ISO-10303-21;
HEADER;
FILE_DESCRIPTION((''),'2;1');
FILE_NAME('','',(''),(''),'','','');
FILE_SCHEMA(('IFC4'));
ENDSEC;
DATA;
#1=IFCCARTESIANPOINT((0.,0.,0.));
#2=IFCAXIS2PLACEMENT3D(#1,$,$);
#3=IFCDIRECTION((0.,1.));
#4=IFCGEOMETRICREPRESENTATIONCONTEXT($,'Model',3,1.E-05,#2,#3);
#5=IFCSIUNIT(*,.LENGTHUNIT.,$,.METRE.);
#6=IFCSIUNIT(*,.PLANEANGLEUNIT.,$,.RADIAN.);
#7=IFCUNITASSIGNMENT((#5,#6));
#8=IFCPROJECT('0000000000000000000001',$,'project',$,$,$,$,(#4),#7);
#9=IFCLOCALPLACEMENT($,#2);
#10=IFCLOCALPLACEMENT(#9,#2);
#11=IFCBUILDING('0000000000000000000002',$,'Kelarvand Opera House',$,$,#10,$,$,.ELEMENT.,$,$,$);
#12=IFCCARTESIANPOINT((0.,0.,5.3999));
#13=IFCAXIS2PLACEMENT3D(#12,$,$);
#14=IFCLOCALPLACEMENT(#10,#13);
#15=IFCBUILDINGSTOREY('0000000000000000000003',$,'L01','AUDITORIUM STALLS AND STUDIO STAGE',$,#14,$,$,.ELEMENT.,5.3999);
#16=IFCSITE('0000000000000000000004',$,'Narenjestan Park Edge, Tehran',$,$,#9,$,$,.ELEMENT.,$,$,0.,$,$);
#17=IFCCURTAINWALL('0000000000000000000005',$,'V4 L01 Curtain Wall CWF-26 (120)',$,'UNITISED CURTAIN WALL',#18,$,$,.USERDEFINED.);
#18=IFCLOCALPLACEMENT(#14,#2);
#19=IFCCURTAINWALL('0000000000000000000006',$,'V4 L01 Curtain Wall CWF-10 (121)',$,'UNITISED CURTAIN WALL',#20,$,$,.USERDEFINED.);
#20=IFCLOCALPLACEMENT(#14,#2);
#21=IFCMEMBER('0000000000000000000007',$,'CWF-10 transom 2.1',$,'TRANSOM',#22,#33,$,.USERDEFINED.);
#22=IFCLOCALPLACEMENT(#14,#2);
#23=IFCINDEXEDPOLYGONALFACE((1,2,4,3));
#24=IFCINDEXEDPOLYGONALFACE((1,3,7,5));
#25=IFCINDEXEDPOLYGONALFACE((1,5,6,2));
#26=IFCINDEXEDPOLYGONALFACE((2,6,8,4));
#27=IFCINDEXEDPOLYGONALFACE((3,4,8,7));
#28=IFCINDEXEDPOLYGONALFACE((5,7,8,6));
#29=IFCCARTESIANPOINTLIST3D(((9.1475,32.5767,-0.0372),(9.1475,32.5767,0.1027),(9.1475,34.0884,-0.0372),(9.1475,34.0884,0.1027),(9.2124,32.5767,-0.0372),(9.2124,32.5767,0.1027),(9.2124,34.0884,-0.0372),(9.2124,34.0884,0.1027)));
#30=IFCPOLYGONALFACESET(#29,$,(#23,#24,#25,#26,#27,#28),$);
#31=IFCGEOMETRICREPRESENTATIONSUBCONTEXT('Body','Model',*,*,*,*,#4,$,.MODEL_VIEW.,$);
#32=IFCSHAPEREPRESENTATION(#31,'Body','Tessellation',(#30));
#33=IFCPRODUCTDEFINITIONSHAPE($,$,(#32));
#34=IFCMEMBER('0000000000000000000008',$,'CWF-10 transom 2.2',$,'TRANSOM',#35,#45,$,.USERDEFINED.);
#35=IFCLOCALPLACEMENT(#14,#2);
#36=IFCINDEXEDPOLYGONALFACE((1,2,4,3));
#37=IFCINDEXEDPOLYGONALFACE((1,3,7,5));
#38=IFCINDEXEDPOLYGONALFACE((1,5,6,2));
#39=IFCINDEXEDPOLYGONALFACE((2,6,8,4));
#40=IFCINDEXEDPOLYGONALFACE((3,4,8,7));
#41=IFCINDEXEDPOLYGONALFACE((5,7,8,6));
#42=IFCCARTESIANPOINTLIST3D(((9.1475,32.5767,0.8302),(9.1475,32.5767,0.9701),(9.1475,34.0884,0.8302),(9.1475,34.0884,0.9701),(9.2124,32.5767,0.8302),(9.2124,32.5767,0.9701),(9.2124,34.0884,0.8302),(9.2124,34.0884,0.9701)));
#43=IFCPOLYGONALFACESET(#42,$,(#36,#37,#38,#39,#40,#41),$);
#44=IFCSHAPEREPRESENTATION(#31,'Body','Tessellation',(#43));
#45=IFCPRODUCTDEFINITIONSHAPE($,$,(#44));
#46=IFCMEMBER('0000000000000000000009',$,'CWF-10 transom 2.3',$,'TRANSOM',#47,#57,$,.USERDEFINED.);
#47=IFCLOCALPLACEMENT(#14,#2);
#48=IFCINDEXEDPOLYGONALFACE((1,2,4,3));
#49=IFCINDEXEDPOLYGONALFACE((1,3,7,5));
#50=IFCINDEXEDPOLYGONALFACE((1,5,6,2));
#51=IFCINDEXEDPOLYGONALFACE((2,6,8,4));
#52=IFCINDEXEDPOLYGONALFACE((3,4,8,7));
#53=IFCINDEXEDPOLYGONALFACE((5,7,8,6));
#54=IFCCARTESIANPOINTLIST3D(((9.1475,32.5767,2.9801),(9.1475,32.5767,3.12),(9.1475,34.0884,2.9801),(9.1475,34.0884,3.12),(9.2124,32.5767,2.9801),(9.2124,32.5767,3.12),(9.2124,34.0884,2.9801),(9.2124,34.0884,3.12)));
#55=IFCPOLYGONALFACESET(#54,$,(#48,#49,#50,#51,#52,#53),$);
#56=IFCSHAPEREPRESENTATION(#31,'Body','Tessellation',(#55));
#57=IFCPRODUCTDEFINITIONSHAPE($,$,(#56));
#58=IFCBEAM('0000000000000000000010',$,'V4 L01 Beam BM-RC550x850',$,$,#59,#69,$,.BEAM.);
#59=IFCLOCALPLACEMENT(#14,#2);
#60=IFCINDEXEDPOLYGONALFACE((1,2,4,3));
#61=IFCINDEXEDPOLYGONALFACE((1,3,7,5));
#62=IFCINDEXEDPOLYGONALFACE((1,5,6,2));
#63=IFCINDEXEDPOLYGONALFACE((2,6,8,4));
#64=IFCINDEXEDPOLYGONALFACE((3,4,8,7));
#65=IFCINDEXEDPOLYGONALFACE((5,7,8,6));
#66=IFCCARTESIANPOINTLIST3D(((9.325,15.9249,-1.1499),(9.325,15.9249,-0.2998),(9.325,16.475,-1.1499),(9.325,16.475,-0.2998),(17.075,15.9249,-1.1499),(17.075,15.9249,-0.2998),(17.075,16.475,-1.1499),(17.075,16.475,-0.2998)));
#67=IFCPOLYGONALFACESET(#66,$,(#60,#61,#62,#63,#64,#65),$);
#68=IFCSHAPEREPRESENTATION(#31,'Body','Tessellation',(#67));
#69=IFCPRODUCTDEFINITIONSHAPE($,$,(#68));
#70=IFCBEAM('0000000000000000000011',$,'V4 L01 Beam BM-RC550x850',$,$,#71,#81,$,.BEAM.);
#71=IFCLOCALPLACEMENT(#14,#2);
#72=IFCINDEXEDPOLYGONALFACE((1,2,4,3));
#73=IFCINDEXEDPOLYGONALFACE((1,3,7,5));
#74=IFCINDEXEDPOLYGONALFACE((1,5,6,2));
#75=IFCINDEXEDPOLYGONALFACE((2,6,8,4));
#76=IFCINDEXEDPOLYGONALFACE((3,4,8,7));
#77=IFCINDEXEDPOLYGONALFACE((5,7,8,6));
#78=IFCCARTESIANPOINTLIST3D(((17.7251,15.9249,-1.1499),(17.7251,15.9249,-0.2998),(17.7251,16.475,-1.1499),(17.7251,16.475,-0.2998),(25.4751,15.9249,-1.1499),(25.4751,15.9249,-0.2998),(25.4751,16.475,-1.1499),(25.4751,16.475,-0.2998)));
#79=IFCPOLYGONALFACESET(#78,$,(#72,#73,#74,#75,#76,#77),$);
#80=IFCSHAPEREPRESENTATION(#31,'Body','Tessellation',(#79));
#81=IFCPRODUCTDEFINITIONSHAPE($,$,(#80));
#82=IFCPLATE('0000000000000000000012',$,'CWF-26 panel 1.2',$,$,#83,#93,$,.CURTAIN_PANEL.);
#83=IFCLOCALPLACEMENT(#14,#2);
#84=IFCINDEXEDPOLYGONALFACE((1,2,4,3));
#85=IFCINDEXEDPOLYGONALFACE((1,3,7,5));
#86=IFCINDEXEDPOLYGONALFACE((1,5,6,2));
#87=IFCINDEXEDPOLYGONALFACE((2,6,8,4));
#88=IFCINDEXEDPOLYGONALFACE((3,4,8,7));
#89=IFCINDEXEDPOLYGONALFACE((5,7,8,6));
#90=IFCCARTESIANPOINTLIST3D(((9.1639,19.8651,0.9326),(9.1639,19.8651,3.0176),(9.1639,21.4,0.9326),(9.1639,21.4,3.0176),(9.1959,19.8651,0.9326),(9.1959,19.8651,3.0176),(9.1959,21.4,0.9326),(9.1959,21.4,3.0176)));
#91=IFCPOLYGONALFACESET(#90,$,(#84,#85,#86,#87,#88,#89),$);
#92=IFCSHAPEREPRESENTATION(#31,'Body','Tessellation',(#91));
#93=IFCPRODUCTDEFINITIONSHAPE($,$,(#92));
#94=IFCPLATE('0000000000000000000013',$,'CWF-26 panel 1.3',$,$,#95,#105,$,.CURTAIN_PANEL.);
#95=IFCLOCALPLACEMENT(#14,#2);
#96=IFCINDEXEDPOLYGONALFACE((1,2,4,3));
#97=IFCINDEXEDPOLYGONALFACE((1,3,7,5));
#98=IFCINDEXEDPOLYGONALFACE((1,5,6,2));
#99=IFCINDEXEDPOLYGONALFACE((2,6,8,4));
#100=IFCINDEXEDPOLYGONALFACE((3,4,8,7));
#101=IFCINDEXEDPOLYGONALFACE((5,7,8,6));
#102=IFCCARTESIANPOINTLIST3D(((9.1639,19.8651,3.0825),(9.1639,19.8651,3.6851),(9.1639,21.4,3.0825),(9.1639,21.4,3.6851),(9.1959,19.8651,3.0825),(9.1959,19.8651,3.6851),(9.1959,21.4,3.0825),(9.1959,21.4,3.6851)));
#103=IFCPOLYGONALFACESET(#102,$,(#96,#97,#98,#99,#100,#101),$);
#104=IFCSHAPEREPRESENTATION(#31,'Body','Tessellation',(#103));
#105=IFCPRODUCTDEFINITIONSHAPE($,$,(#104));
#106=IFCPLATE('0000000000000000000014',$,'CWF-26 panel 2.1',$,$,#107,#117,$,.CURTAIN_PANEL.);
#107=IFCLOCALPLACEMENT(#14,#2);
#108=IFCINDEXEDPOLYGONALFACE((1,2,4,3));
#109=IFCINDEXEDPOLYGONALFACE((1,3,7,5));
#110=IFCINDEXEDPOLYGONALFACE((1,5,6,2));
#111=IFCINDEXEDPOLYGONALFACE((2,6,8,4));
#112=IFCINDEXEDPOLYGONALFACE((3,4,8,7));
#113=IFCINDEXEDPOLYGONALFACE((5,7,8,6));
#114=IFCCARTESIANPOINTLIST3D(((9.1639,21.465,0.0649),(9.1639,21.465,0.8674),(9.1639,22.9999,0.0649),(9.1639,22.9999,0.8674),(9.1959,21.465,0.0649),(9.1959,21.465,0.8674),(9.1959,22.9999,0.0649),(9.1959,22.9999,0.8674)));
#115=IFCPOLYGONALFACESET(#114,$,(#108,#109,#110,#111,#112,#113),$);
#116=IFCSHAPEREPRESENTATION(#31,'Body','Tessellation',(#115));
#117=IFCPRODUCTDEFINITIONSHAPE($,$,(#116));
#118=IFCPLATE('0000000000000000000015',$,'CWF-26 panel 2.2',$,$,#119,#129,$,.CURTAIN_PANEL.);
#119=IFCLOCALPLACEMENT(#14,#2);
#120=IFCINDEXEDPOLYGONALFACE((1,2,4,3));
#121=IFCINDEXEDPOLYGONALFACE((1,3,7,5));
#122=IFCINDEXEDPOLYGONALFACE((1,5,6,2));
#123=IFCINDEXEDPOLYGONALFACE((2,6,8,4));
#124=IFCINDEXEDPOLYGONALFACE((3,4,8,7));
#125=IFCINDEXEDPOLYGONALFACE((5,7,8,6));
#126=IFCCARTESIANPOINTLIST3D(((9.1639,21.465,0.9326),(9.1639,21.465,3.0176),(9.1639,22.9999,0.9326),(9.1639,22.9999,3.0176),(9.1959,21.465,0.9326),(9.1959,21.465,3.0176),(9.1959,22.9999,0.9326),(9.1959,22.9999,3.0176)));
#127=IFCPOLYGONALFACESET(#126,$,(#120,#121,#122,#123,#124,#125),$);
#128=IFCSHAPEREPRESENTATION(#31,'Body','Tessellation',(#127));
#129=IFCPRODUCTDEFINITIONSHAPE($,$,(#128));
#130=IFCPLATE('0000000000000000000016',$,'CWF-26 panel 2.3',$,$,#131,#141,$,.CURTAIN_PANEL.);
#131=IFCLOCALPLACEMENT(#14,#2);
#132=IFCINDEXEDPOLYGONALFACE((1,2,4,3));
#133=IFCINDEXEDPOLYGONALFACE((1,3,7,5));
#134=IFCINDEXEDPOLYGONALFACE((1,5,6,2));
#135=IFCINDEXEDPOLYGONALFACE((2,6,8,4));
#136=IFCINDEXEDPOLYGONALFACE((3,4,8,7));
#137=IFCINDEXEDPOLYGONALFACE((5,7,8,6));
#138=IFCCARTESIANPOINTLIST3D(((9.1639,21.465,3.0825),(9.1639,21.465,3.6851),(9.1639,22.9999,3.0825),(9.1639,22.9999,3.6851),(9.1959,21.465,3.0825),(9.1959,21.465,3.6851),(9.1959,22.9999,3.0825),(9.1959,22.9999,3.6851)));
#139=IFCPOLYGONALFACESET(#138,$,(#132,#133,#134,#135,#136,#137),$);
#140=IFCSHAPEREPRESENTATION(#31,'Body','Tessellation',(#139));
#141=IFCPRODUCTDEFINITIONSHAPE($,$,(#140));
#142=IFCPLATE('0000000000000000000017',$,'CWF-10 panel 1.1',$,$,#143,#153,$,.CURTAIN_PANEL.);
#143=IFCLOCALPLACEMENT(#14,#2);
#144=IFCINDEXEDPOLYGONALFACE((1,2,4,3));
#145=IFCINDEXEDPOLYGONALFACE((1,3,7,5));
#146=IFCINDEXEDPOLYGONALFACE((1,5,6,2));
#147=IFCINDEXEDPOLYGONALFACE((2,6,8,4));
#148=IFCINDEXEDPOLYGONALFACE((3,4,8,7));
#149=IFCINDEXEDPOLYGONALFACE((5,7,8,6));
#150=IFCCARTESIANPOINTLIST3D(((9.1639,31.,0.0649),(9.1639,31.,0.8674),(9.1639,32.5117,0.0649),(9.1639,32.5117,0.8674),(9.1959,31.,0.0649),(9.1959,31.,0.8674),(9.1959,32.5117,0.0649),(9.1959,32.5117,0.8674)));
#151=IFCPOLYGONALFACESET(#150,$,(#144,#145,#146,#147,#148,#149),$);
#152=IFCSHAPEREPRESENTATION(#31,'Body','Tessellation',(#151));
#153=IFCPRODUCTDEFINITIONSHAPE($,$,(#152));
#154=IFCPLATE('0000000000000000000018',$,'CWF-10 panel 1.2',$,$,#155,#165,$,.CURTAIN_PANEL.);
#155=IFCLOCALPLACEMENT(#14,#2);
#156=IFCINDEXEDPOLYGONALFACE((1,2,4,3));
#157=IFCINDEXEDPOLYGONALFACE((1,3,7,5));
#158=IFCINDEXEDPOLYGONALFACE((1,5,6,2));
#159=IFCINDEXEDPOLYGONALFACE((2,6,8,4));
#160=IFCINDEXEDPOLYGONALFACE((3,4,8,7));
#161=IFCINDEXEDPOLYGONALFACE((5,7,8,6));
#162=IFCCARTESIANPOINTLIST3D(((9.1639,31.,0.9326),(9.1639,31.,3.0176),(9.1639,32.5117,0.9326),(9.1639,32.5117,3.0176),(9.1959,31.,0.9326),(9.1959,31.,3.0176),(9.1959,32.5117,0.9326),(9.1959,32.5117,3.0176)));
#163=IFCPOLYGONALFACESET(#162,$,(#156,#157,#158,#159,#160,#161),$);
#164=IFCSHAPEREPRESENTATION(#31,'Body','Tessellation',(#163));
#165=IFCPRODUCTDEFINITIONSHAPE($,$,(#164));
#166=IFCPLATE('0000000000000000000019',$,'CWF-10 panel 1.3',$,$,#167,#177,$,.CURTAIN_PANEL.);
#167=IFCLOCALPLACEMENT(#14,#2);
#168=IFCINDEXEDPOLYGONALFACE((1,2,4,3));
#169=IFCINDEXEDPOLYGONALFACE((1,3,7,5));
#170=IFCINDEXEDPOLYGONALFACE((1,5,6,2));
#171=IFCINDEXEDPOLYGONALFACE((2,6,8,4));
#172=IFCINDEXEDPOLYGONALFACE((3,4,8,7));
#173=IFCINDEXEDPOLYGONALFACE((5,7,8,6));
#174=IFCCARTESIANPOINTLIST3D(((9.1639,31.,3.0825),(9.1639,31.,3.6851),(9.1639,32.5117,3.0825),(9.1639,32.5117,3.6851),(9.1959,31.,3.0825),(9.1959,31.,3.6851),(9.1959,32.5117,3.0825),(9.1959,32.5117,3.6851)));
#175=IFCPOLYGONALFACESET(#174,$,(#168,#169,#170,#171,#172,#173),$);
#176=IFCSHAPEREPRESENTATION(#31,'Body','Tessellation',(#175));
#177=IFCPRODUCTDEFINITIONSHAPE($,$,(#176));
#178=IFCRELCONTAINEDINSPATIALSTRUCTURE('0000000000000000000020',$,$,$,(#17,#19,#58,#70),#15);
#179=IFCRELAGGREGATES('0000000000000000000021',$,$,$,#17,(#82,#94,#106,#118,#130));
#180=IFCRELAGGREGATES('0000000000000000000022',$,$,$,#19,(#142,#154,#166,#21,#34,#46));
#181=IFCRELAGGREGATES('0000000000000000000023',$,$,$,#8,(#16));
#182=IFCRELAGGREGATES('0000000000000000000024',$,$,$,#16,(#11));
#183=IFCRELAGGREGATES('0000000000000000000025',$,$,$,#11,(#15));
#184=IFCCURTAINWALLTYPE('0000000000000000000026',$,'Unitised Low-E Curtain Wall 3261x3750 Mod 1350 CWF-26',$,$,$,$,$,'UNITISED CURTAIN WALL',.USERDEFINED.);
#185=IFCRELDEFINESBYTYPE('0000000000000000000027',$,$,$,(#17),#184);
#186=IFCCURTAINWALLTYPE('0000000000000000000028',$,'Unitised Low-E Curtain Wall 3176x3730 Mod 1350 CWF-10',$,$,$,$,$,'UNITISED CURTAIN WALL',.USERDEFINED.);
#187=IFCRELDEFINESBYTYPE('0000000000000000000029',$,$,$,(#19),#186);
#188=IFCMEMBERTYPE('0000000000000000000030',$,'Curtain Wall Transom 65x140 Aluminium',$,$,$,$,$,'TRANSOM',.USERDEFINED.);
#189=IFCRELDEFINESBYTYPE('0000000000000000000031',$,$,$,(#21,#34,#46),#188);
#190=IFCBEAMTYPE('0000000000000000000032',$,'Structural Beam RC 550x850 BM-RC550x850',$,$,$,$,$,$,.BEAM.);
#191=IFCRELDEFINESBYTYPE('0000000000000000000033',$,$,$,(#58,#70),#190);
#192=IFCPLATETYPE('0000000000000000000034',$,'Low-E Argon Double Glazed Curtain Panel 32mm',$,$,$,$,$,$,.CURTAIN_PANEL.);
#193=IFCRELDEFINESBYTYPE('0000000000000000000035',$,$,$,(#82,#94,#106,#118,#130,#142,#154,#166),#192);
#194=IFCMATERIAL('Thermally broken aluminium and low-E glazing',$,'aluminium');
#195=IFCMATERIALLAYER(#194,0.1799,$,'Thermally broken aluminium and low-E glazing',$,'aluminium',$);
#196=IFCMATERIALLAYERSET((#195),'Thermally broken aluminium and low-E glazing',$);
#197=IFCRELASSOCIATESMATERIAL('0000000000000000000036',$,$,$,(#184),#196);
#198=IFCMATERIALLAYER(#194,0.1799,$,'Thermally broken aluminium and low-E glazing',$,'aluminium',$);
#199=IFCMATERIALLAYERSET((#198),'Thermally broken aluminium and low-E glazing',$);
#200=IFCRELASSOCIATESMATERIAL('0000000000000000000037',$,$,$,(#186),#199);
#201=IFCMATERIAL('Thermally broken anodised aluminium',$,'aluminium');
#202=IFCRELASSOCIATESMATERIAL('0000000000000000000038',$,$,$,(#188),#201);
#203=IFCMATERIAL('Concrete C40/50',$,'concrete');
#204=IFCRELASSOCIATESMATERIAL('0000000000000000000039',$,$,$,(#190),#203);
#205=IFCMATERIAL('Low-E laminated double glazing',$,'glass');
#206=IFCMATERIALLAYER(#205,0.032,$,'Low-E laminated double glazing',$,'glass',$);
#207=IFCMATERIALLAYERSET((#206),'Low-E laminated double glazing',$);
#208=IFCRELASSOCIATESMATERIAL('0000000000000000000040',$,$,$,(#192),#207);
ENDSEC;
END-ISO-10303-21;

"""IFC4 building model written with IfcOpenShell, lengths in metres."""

from ifc_helpers import new_model, si_unit, direction, frame, origin, origin_2d, place, context, subcontext, project, spatial, rectangle, extrude, material, layer, layer_set, material_profile, profile_set, type_object, element, aggregate, save


model = new_model("IFC4")

# Units and contexts
model_context = context("Model", 3, precision=1e-05, world=origin(), true_north=direction((0.0, 1.0)))
body_context = subcontext(model_context, "Body", "Model", "MODEL_VIEW")
ifc_project = project(units=[si_unit("LENGTHUNIT", "METRE"), si_unit("PLANEANGLEUNIT", "RADIAN")], contexts=[model_context])

# Site, building, storey
site_placement = place(None, origin())
site = spatial("IfcSite", under=ifc_project, at=site_placement, Name="Narenjestan Park Edge, Tehran", CompositionType="ELEMENT", RefElevation=0.0)
building_placement = place(site_placement, origin())
building = spatial("IfcBuilding", under=site, at=building_placement, Name="Kelarvand Opera House", CompositionType="ELEMENT")
storey_placement = place(building_placement, frame((0.0, 0.0, 5.3999)))
storey = spatial("IfcBuildingStorey", under=building, at=storey_placement, Name="L01", Description="AUDITORIUM STALLS AND STUDIO STAGE", CompositionType="ELEMENT", Elevation=5.3999)

# Shared definitions
ifc_material_1 = material(Name="Concrete C40/50", Category="concrete")

# Curtain walls
ifc_material_2 = material(Name="Thermally broken aluminium and low-E glazing", Category="aluminium")
ifc_layer_1 = layer(ifc_material_2, 0.1799, Name="Thermally broken aluminium and low-E glazing", Category="aluminium")
ifc_layer_set_1 = layer_set([ifc_layer_1], Name="Thermally broken aluminium and low-E glazing")
curtain_wall_type_1 = type_object("IfcCurtainWallType", Name="Unitised Low-E Curtain Wall 3261x3750 Mod 1350 CWF-26", ElementType="UNITISED CURTAIN WALL", PredefinedType="USERDEFINED", material=ifc_layer_set_1)
curtain_wall_1_placement = place(storey_placement, origin())
curtain_wall_1 = element("IfcCurtainWall", 1, at=curtain_wall_1_placement, inside=storey, type_object=curtain_wall_type_1, Name="V4 L01 Curtain Wall CWF-26 (120)", ObjectType="UNITISED CURTAIN WALL", PredefinedType="USERDEFINED")
ifc_material_3 = material(Name="Thermally broken anodised aluminium", Category="aluminium")
ifc_layer_2 = layer(ifc_material_2, 0.1799, Name="Thermally broken aluminium and low-E glazing", Category="aluminium")
ifc_layer_set_2 = layer_set([ifc_layer_2], Name="Thermally broken aluminium and low-E glazing")
curtain_wall_type_2 = type_object("IfcCurtainWallType", Name="Unitised Low-E Curtain Wall 3176x3730 Mod 1350 CWF-10", ElementType="UNITISED CURTAIN WALL", PredefinedType="USERDEFINED", material=ifc_layer_set_2)
curtain_wall_2_placement = place(storey_placement, origin())
curtain_wall_2 = element("IfcCurtainWall", 2, at=curtain_wall_2_placement, inside=storey, type_object=curtain_wall_type_2, Name="V4 L01 Curtain Wall CWF-10 (121)", ObjectType="UNITISED CURTAIN WALL", PredefinedType="USERDEFINED")

# Members
ifc_material_profile_1 = material_profile(ifc_material_3, rectangle(XDim=0.0649, YDim=0.1399, at=origin_2d()), Name="ALU TRANSOM 65x140", Category="aluminium")
ifc_profile_set_1 = profile_set([ifc_material_profile_1], Name="Thermally broken anodised aluminium")
member_type_1 = type_object("IfcMemberType", Name="Curtain Wall Transom 65x140 Aluminium", ElementType="TRANSOM", PredefinedType="USERDEFINED", material=ifc_profile_set_1)
member_1_placement = place(storey_placement, frame((9.1799, 32.5767, 0.0327), z_axis=(0.0, 1.0, 0.0), x_axis=(-1.0, 0.0, 0.0)))
member_1 = element("IfcMember", 3, at=member_1_placement, type_object=member_type_1, Name="CWF-10 transom 2.1", ObjectType="TRANSOM", PredefinedType="USERDEFINED", context=body_context, shape_type="SweptSolid", body=[
    extrude(rectangle(XDim=0.0649, YDim=0.1399, at=origin_2d()), origin(), (0.0, 0.0, 1.0), 1.5117),
])
member_2_placement = place(storey_placement, frame((9.1799, 32.5767, 0.9001), z_axis=(0.0, 1.0, 0.0), x_axis=(-1.0, 0.0, 0.0)))
member_2 = element("IfcMember", 4, at=member_2_placement, type_object=member_type_1, Name="CWF-10 transom 2.2", ObjectType="TRANSOM", PredefinedType="USERDEFINED", context=body_context, shape_type="SweptSolid", body=[
    extrude(rectangle(XDim=0.0649, YDim=0.1399, at=origin_2d()), origin(), (0.0, 0.0, 1.0), 1.5117),
])
member_3_placement = place(storey_placement, frame((9.1799, 32.5767, 3.05), z_axis=(0.0, 1.0, 0.0), x_axis=(-1.0, 0.0, 0.0)))
member_3 = element("IfcMember", 5, at=member_3_placement, type_object=member_type_1, Name="CWF-10 transom 2.3", ObjectType="TRANSOM", PredefinedType="USERDEFINED", context=body_context, shape_type="SweptSolid", body=[
    extrude(rectangle(XDim=0.0649, YDim=0.1399, at=origin_2d()), origin(), (0.0, 0.0, 1.0), 1.5117),
])

# Beams
ifc_material_profile_2 = material_profile(ifc_material_1, rectangle(XDim=0.55, YDim=0.8501, at=origin_2d()), Name="RC 550x850", Category="concrete")
ifc_profile_set_2 = profile_set([ifc_material_profile_2], Name="Concrete C40/50")
beam_type = type_object("IfcBeamType", Name="Structural Beam RC 550x850 BM-RC550x850", PredefinedType="BEAM", material=ifc_profile_set_2)
for number, where, z_axis, x_axis, name in (
    (6, (9.325, 16.2, -0.7249), (1.0, 0.0, 0.0), (0.0, 1.0, 0.0), "V4 L01 Beam BM-RC550x850"),
    (7, (17.7251, 16.2, -0.7249), (1.0, 0.0, 0.0), (0.0, 1.0, 0.0), "V4 L01 Beam BM-RC550x850"),
):
    element("IfcBeam", number, at=place(storey_placement, frame(where, z_axis=z_axis, x_axis=x_axis)), inside=storey, type_object=beam_type, Name=name, PredefinedType="BEAM", context=body_context, shape_type="SweptSolid", body=[
        extrude(rectangle(XDim=0.55, YDim=0.8501, at=origin_2d()), origin(), (0.0, 0.0, 1.0), 7.75),
    ])

# Plates
ifc_material_4 = material(Name="Low-E laminated double glazing", Category="glass")
ifc_layer_3 = layer(ifc_material_4, 0.032, Name="Low-E laminated double glazing", Category="glass")
ifc_layer_set_3 = layer_set([ifc_layer_3], Name="Low-E laminated double glazing")
plate_type = type_object("IfcPlateType", Name="Low-E Argon Double Glazed Curtain Panel 32mm", PredefinedType="CURTAIN_PANEL", material=ifc_layer_set_3)
plate_1_placement = place(storey_placement, frame((9.1799, 20.6326, 0.9326), z_axis=(0.0, 0.0, 1.0), x_axis=(0.0, 1.0, 0.0)))
plate_1 = element("IfcPlate", 8, at=plate_1_placement, type_object=plate_type, Name="CWF-26 panel 1.2", PredefinedType="CURTAIN_PANEL", context=body_context, shape_type="SweptSolid", body=[
    extrude(rectangle(XDim=1.5349, YDim=0.032, at=origin_2d()), origin(), (0.0, 0.0, 1.0), 2.085),
])
plate_2_placement = place(storey_placement, frame((9.1799, 20.6326, 3.0825), z_axis=(0.0, 0.0, 1.0), x_axis=(0.0, 1.0, 0.0)))
plate_2 = element("IfcPlate", 9, at=plate_2_placement, type_object=plate_type, Name="CWF-26 panel 1.3", PredefinedType="CURTAIN_PANEL", context=body_context, shape_type="SweptSolid", body=[
    extrude(rectangle(XDim=1.5349, YDim=0.032, at=origin_2d()), origin(), (0.0, 0.0, 1.0), 0.6025),
])
plate_3_placement = place(storey_placement, frame((9.1799, 22.2324, 0.0649), z_axis=(0.0, 0.0, 1.0), x_axis=(0.0, 1.0, 0.0)))
plate_3 = element("IfcPlate", 10, at=plate_3_placement, type_object=plate_type, Name="CWF-26 panel 2.1", PredefinedType="CURTAIN_PANEL", context=body_context, shape_type="SweptSolid", body=[
    extrude(rectangle(XDim=1.5349, YDim=0.032, at=origin_2d()), origin(), (0.0, 0.0, 1.0), 0.8025),
])
plate_4_placement = place(storey_placement, frame((9.1799, 22.2324, 0.9326), z_axis=(0.0, 0.0, 1.0), x_axis=(0.0, 1.0, 0.0)))
plate_4 = element("IfcPlate", 11, at=plate_4_placement, type_object=plate_type, Name="CWF-26 panel 2.2", PredefinedType="CURTAIN_PANEL", context=body_context, shape_type="SweptSolid", body=[
    extrude(rectangle(XDim=1.5349, YDim=0.032, at=origin_2d()), origin(), (0.0, 0.0, 1.0), 2.085),
])
plate_5_placement = place(storey_placement, frame((9.1799, 22.2324, 3.0825), z_axis=(0.0, 0.0, 1.0), x_axis=(0.0, 1.0, 0.0)))
plate_5 = element("IfcPlate", 12, at=plate_5_placement, type_object=plate_type, Name="CWF-26 panel 2.3", PredefinedType="CURTAIN_PANEL", context=body_context, shape_type="SweptSolid", body=[
    extrude(rectangle(XDim=1.5349, YDim=0.032, at=origin_2d()), origin(), (0.0, 0.0, 1.0), 0.6025),
])
aggregate(curtain_wall_1, [plate_1, plate_2, plate_3, plate_4, plate_5])
plate_6_placement = place(storey_placement, frame((9.1799, 31.7559, 0.0649), z_axis=(0.0, 0.0, 1.0), x_axis=(0.0, 1.0, 0.0)))
plate_6 = element("IfcPlate", 13, at=plate_6_placement, type_object=plate_type, Name="CWF-10 panel 1.1", PredefinedType="CURTAIN_PANEL", context=body_context, shape_type="SweptSolid", body=[
    extrude(rectangle(XDim=1.5117, YDim=0.032, at=origin_2d()), origin(), (0.0, 0.0, 1.0), 0.8025),
])
plate_7_placement = place(storey_placement, frame((9.1799, 31.7559, 0.9326), z_axis=(0.0, 0.0, 1.0), x_axis=(0.0, 1.0, 0.0)))
plate_7 = element("IfcPlate", 14, at=plate_7_placement, type_object=plate_type, Name="CWF-10 panel 1.2", PredefinedType="CURTAIN_PANEL", context=body_context, shape_type="SweptSolid", body=[
    extrude(rectangle(XDim=1.5117, YDim=0.032, at=origin_2d()), origin(), (0.0, 0.0, 1.0), 2.085),
])
plate_8_placement = place(storey_placement, frame((9.1799, 31.7559, 3.0825), z_axis=(0.0, 0.0, 1.0), x_axis=(0.0, 1.0, 0.0)))
plate_8 = element("IfcPlate", 15, at=plate_8_placement, type_object=plate_type, Name="CWF-10 panel 1.3", PredefinedType="CURTAIN_PANEL", context=body_context, shape_type="SweptSolid", body=[
    extrude(rectangle(XDim=1.5117, YDim=0.032, at=origin_2d()), origin(), (0.0, 0.0, 1.0), 0.6025),
])
aggregate(curtain_wall_2, [plate_6, plate_7, plate_8, member_1, member_2, member_3])

save(model, "model.ifc")
